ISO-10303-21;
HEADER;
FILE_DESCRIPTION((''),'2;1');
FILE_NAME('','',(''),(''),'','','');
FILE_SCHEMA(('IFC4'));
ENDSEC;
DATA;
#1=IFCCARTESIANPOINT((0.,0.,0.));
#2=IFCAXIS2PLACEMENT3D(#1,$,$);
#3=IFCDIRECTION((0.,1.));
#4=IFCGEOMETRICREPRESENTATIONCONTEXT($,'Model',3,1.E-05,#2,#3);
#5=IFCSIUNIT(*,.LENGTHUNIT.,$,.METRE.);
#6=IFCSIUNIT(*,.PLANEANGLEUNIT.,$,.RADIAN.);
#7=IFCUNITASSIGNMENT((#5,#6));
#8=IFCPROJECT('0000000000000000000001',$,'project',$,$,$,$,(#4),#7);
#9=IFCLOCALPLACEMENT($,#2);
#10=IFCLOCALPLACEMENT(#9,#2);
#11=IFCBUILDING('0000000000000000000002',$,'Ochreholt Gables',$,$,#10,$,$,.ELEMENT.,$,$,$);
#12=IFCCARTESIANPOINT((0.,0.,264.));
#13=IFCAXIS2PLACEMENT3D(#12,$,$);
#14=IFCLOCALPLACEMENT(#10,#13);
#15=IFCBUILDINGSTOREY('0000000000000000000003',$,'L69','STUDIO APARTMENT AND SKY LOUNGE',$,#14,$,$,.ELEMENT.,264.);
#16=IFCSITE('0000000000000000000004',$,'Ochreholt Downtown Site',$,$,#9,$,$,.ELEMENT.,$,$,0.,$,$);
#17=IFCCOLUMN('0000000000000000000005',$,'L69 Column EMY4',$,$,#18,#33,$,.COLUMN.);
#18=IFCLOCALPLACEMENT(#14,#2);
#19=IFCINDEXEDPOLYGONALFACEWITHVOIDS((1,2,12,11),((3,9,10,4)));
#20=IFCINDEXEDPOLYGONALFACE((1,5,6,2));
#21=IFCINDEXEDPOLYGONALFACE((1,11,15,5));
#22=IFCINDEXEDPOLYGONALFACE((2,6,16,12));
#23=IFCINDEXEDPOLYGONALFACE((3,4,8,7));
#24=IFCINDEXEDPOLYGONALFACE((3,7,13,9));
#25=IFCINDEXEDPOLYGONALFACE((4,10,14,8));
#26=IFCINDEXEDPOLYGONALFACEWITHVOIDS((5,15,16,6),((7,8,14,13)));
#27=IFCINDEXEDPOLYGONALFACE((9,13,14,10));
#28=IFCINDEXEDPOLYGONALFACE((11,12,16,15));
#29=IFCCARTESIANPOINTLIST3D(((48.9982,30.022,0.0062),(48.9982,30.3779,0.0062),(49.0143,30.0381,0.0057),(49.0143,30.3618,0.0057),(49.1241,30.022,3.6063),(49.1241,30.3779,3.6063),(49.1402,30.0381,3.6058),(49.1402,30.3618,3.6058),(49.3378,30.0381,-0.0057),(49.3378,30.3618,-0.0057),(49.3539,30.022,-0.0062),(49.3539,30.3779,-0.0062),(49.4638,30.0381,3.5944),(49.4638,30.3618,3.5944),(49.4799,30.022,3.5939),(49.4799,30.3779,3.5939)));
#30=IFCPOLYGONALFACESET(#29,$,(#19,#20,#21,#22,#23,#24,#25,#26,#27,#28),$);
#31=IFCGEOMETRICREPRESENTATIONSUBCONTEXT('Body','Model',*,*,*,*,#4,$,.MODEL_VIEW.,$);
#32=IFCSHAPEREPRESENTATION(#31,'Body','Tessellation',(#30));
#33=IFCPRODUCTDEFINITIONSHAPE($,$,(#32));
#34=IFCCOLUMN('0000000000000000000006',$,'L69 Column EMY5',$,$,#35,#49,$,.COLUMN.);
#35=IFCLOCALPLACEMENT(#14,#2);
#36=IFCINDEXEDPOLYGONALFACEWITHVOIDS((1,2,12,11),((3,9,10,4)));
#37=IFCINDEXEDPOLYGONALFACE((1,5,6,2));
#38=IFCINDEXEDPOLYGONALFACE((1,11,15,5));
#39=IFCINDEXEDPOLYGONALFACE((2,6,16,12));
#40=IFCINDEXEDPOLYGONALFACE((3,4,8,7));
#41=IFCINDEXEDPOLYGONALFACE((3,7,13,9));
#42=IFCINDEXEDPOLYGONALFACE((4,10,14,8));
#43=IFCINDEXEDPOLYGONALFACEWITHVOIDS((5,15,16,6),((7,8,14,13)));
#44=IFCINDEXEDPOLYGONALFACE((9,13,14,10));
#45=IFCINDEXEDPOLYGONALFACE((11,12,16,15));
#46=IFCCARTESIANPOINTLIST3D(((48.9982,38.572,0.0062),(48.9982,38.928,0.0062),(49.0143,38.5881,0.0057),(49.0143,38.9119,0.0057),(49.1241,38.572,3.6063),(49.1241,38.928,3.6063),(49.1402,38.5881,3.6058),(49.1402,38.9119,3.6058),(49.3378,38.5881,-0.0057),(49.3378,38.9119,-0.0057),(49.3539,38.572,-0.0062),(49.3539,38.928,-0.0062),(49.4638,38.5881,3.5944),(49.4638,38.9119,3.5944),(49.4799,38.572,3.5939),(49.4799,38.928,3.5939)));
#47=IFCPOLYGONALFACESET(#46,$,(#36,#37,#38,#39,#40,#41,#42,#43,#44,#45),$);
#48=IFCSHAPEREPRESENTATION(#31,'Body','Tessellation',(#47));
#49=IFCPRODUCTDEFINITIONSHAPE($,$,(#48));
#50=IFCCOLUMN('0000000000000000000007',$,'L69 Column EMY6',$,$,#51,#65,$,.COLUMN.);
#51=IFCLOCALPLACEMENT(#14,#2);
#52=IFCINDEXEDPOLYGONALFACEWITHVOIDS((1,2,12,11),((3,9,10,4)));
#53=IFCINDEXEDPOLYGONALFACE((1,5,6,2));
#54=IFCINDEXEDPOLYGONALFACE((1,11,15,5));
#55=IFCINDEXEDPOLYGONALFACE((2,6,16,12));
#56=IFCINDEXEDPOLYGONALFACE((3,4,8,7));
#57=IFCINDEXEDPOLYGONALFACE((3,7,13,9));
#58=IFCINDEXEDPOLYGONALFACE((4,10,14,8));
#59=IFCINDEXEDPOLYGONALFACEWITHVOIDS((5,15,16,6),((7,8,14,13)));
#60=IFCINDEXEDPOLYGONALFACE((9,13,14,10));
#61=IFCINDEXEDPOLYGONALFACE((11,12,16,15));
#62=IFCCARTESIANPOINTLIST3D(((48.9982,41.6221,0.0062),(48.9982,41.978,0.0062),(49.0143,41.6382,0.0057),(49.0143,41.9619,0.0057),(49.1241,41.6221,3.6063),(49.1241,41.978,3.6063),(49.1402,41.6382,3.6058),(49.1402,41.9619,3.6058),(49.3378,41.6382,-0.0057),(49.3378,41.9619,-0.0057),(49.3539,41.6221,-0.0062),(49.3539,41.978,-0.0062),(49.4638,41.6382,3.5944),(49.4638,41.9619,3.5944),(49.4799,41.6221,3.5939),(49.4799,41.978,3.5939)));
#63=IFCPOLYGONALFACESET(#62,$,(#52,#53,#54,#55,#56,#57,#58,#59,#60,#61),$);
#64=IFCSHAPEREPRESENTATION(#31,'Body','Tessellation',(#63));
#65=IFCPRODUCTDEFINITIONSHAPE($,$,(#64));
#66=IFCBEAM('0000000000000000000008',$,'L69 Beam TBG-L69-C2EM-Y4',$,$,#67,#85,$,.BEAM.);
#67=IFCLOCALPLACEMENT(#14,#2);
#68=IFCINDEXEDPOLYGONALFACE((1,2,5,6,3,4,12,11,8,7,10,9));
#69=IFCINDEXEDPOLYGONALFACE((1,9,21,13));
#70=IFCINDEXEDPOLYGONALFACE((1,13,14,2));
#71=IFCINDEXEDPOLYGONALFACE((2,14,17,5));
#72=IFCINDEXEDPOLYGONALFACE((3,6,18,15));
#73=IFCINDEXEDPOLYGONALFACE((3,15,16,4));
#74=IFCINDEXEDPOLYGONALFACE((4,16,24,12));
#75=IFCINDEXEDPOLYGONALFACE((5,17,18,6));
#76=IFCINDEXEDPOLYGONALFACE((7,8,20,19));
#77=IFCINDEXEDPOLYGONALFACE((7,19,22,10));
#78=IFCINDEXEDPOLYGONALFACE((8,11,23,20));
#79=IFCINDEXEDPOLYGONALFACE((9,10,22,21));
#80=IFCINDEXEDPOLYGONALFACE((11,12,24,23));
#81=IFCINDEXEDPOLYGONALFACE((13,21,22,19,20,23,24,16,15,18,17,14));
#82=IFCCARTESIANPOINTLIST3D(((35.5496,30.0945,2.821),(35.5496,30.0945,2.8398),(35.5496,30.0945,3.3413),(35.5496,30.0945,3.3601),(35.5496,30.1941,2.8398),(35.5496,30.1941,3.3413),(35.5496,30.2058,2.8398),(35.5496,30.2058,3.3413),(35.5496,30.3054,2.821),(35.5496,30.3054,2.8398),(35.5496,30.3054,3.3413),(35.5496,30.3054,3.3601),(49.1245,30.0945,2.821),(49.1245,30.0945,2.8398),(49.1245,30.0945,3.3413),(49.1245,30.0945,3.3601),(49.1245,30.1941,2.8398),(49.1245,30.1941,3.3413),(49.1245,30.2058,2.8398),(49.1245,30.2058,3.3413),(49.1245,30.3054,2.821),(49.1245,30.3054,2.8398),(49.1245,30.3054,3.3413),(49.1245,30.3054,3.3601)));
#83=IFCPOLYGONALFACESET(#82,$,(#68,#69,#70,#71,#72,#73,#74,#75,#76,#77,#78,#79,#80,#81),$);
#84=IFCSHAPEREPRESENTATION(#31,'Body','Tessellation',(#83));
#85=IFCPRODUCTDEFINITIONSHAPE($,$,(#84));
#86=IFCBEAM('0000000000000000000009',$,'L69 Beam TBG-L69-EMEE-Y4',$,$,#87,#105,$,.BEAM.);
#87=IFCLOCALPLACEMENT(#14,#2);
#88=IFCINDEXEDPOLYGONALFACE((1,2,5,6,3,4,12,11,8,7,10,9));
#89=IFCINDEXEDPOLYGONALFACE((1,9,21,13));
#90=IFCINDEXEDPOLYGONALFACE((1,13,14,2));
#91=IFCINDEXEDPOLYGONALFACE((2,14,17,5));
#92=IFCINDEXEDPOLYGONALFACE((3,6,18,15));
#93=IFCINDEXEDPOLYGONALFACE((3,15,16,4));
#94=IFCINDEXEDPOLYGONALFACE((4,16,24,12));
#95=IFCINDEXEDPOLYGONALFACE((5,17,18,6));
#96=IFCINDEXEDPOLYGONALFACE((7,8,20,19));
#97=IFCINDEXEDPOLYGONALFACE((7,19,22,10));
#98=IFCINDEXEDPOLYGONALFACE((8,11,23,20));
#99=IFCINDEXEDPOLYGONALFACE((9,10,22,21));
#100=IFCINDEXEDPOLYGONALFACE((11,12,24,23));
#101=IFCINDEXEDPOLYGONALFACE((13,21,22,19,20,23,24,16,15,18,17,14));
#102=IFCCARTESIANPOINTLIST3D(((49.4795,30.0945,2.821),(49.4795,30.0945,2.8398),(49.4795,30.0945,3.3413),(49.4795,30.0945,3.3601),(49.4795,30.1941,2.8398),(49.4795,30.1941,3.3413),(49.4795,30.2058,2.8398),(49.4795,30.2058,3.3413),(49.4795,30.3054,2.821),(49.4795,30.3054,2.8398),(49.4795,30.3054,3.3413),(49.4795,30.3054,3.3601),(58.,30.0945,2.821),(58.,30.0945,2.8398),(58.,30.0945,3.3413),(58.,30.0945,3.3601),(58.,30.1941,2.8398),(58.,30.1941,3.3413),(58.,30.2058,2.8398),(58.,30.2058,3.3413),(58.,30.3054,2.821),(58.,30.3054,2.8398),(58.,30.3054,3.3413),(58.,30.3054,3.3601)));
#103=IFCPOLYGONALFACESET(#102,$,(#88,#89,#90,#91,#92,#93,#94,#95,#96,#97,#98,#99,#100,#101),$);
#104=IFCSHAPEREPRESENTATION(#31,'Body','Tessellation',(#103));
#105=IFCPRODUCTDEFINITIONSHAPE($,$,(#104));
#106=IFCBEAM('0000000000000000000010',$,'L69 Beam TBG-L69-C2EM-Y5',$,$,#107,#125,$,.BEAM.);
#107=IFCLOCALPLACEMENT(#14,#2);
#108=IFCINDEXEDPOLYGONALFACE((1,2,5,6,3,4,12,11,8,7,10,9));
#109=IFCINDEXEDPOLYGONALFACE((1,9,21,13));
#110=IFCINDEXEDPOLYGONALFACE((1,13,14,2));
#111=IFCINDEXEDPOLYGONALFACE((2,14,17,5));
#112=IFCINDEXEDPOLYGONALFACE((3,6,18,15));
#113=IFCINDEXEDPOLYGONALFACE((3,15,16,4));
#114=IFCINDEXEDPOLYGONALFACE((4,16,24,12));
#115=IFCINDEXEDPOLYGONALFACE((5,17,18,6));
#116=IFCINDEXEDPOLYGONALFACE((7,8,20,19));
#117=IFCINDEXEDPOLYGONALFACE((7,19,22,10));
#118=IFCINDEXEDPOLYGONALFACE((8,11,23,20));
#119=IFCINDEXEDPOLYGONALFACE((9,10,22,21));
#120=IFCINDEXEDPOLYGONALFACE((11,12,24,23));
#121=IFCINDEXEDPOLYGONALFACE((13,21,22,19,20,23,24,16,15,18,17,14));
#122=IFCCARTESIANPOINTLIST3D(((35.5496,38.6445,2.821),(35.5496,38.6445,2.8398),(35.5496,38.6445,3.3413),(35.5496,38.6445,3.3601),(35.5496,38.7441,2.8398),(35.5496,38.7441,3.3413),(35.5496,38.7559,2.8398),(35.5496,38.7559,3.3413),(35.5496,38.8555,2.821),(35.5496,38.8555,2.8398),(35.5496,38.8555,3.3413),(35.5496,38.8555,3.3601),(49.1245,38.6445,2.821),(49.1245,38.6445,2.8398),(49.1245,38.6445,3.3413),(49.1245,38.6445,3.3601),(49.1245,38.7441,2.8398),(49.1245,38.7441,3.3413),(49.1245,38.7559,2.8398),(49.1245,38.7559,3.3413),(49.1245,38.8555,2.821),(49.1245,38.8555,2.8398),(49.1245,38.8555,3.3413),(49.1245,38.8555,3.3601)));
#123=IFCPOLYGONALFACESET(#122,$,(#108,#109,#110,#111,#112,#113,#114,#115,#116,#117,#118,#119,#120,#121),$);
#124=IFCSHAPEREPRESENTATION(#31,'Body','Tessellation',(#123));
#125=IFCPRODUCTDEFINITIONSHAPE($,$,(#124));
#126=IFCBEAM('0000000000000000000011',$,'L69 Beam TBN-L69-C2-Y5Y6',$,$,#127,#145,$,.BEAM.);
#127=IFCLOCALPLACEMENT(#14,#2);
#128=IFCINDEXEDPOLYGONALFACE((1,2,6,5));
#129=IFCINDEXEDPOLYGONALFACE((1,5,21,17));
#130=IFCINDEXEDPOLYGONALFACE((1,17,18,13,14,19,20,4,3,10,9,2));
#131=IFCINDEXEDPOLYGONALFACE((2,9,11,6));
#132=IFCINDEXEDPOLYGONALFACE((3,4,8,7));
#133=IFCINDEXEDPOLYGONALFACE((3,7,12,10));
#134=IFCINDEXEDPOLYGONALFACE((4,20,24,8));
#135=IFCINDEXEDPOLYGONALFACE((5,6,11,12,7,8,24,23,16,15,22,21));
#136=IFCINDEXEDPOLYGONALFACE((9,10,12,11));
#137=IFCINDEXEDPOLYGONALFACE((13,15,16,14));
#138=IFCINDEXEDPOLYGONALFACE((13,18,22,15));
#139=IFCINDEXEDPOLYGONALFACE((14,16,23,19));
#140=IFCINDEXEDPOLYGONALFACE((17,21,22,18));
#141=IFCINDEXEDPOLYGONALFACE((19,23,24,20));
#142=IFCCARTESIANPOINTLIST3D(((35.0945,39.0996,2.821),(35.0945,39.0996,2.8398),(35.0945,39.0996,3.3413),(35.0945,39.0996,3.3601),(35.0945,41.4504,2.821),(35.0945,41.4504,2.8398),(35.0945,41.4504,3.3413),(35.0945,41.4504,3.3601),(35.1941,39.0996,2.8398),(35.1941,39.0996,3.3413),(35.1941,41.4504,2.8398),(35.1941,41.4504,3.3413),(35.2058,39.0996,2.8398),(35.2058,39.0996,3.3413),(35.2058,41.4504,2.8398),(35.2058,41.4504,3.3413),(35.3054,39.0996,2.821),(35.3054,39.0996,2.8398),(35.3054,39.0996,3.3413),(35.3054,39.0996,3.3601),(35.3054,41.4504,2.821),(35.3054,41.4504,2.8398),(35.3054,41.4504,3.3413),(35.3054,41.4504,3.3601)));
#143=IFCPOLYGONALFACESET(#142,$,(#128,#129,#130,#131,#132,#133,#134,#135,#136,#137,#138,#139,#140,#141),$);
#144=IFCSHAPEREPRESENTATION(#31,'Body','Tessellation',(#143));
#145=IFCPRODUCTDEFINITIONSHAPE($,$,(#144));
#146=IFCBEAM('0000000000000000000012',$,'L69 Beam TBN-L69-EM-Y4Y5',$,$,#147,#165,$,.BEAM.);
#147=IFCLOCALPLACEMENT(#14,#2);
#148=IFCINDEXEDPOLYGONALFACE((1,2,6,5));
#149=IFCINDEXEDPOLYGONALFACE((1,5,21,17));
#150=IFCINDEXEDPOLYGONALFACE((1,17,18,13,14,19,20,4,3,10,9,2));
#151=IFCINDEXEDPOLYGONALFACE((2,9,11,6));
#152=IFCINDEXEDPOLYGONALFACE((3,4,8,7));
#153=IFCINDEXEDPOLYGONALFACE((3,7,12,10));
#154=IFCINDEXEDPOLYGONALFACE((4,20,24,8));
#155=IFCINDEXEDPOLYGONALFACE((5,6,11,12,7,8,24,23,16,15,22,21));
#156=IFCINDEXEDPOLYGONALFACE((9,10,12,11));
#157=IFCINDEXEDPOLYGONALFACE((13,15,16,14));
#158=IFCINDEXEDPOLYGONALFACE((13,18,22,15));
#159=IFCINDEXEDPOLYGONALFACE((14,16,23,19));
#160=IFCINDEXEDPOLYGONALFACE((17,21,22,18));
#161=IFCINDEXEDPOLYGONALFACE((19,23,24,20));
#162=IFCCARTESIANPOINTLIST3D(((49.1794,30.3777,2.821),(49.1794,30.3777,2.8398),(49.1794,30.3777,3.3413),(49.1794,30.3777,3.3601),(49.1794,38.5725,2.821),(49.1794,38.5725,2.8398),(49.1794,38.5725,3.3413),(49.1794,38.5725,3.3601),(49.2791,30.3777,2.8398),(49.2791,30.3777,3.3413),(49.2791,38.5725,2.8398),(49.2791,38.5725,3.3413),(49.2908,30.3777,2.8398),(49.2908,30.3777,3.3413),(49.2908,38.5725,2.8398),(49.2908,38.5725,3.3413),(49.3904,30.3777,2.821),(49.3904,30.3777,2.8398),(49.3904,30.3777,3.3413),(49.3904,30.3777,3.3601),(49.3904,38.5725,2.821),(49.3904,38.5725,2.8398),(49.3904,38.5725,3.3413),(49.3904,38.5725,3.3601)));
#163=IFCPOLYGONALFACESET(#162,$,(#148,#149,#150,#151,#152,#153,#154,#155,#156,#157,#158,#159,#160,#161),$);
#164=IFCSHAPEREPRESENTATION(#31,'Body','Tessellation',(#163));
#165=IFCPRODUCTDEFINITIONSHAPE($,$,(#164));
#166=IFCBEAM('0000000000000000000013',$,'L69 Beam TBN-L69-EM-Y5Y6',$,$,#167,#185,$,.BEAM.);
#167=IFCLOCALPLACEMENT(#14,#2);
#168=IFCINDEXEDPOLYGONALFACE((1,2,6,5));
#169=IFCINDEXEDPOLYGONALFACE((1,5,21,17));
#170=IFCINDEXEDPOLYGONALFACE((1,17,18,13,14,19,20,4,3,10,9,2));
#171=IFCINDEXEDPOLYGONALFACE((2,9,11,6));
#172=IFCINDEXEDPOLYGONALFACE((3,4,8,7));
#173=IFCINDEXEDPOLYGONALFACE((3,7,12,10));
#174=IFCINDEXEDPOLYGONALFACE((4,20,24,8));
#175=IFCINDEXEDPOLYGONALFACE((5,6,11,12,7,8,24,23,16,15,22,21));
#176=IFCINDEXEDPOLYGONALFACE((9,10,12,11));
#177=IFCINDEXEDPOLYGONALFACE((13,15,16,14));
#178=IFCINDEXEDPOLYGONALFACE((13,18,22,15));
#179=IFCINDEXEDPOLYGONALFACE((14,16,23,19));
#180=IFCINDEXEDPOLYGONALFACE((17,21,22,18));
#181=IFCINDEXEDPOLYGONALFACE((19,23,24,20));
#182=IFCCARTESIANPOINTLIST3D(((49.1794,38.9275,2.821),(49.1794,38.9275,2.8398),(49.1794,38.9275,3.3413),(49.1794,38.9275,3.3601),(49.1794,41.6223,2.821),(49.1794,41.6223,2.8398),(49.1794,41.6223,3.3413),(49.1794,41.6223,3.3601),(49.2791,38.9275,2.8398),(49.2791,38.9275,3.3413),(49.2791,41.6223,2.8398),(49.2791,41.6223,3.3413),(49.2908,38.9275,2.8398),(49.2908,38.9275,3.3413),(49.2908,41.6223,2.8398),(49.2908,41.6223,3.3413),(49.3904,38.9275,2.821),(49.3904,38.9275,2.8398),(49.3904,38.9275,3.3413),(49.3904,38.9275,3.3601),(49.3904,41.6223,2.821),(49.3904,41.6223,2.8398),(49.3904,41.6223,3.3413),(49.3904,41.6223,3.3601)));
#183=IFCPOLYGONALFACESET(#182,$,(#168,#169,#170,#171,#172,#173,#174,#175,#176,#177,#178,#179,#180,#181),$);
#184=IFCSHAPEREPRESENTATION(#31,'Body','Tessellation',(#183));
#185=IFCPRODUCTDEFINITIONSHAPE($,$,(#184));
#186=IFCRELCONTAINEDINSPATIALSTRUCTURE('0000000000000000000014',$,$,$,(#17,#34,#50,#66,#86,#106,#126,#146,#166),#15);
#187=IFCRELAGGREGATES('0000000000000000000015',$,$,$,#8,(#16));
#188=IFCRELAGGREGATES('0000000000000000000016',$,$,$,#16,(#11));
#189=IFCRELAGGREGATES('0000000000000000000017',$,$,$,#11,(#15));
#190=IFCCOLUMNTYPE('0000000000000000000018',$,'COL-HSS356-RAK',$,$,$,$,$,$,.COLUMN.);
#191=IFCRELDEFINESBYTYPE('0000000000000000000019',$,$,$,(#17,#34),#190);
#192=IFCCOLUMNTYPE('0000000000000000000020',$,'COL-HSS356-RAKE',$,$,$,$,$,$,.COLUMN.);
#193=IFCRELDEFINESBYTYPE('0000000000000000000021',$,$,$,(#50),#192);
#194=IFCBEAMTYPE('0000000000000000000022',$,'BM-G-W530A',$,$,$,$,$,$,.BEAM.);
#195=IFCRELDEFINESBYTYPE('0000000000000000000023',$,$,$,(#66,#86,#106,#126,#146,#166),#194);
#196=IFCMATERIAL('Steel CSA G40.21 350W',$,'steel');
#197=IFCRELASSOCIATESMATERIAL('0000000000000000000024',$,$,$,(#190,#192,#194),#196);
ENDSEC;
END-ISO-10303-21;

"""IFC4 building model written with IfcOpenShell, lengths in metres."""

from ifc_helpers import new_model, si_unit, direction, frame, origin, origin_2d, place, context, subcontext, project, spatial, hollow_rectangle, i_section, extrude, material, material_profile, profile_set, type_object, element, save


model = new_model("IFC4")

# Units and contexts
model_context = context("Model", 3, precision=1e-05, world=origin(), true_north=direction((0.0, 1.0)))
body_context = subcontext(model_context, "Body", "Model", "MODEL_VIEW")
ifc_project = project(units=[si_unit("LENGTHUNIT", "METRE"), si_unit("PLANEANGLEUNIT", "RADIAN")], contexts=[model_context])

# Site, building, storey
site_placement = place(None, origin())
site = spatial("IfcSite", under=ifc_project, at=site_placement, Name="Ochreholt Downtown Site", CompositionType="ELEMENT", RefElevation=0.0)
building_placement = place(site_placement, origin())
building = spatial("IfcBuilding", under=site, at=building_placement, Name="Ochreholt Gables", CompositionType="ELEMENT")
storey_placement = place(building_placement, frame((0.0, 0.0, 264.0)))
storey = spatial("IfcBuildingStorey", under=building, at=storey_placement, Name="L69", Description="STUDIO APARTMENT AND SKY LOUNGE", CompositionType="ELEMENT", Elevation=264.0)

# Columns
ifc_material_1 = material(Name="Steel CSA G40.21 350W", Category="steel")
ifc_material_profile_1 = material_profile(ifc_material_1, hollow_rectangle(XDim=0.356, YDim=0.356, WallThickness=0.0161, at=origin_2d()), Name="HSS356X356X16")
ifc_profile_set_1 = profile_set([ifc_material_profile_1], Name="Steel CSA G40.21 350W")
column_type_1 = type_object("IfcColumnType", Name="COL-HSS356-RAK", PredefinedType="COLUMN", material=ifc_profile_set_1)
for number, where, z_axis, x_axis, name in (
    (1, (49.176, 30.2, 0.0), (0.034971, 0.0, 0.999388), (0.0, 1.0, 0.0), "L69 Column EMY4"),
    (2, (49.176, 38.75, 0.0), (0.034971, 0.0, 0.999388), (0.0, 1.0, 0.0), "L69 Column EMY5"),
):
    element("IfcColumn", number, at=place(storey_placement, frame(where, z_axis=z_axis, x_axis=x_axis)), inside=storey, type_object=column_type_1, Name=name, PredefinedType="COLUMN", context=body_context, shape_type="SweptSolid", body=[
        extrude(hollow_rectangle(XDim=0.356, YDim=0.356, WallThickness=0.0161, at=origin_2d()), origin(), (0.0, 0.0, 1.0), 3.6023),
    ])
ifc_material_profile_2 = material_profile(ifc_material_1, hollow_rectangle(XDim=0.356, YDim=0.356, WallThickness=0.0161, at=origin_2d()), Name="HSS356X356X16")
ifc_profile_set_2 = profile_set([ifc_material_profile_2], Name="Steel CSA G40.21 350W")
column_type_2 = type_object("IfcColumnType", Name="COL-HSS356-RAKE", PredefinedType="COLUMN", material=ifc_profile_set_2)
column_placement = place(storey_placement, frame((49.176, 41.8, 0.0), z_axis=(0.034971, 0.0, 0.999388), x_axis=(0.0, 1.0, 0.0)))
element("IfcColumn", 3, at=column_placement, inside=storey, type_object=column_type_2, Name="L69 Column EMY6", PredefinedType="COLUMN", context=body_context, shape_type="SweptSolid", body=[
    extrude(hollow_rectangle(XDim=0.356, YDim=0.356, WallThickness=0.0161, at=origin_2d()), origin(), (0.0, 0.0, 1.0), 3.6023),
])

# Beams
ifc_material_profile_3 = material_profile(ifc_material_1, i_section(OverallWidth=0.2109, OverallDepth=0.5391, WebThickness=0.0117, FlangeThickness=0.0188, at=origin_2d()), Name="W530X109")
ifc_profile_set_3 = profile_set([ifc_material_profile_3], Name="Steel CSA G40.21 350W")
beam_type_1 = type_object("IfcBeamType", Name="BM-G-W530A", PredefinedType="BEAM", material=ifc_profile_set_3)
beam_1_placement = place(storey_placement, frame((35.5496, 30.2, 3.0906), z_axis=(1.0, 0.0, 0.0), x_axis=(0.0, 1.0, 0.0)))
element("IfcBeam", 4, at=beam_1_placement, inside=storey, type_object=beam_type_1, Name="L69 Beam TBG-L69-C2EM-Y4", PredefinedType="BEAM", context=body_context, shape_type="SweptSolid", body=[
    extrude(i_section(OverallWidth=0.2109, OverallDepth=0.5391, WebThickness=0.0117, FlangeThickness=0.0188, at=origin_2d()), origin(), (0.0, 0.0, 1.0), 13.575),
])
beam_2_placement = place(storey_placement, frame((49.4795, 30.2, 3.0906), z_axis=(1.0, 0.0, 0.0), x_axis=(0.0, 1.0, 0.0)))
element("IfcBeam", 5, at=beam_2_placement, inside=storey, type_object=beam_type_1, Name="L69 Beam TBG-L69-EMEE-Y4", PredefinedType="BEAM", context=body_context, shape_type="SweptSolid", body=[
    extrude(i_section(OverallWidth=0.2109, OverallDepth=0.5391, WebThickness=0.0117, FlangeThickness=0.0188, at=origin_2d()), origin(), (0.0, 0.0, 1.0), 8.5205),
])
beam_3_placement = place(storey_placement, frame((35.5496, 38.75, 3.0906), z_axis=(1.0, 0.0, 0.0), x_axis=(0.0, 1.0, 0.0)))
element("IfcBeam", 6, at=beam_3_placement, inside=storey, type_object=beam_type_1, Name="L69 Beam TBG-L69-C2EM-Y5", PredefinedType="BEAM", context=body_context, shape_type="SweptSolid", body=[
    extrude(i_section(OverallWidth=0.2109, OverallDepth=0.5391, WebThickness=0.0117, FlangeThickness=0.0188, at=origin_2d()), origin(), (0.0, 0.0, 1.0), 13.575),
])
beam_4_placement = place(storey_placement, frame((35.2, 39.0996, 3.0906), z_axis=(0.0, 1.0, 0.0), x_axis=(-1.0, 0.0, 0.0)))
element("IfcBeam", 7, at=beam_4_placement, inside=storey, type_object=beam_type_1, Name="L69 Beam TBN-L69-C2-Y5Y6", PredefinedType="BEAM", context=body_context, shape_type="SweptSolid", body=[
    extrude(i_section(OverallWidth=0.2109, OverallDepth=0.5391, WebThickness=0.0117, FlangeThickness=0.0188, at=origin_2d()), origin(), (0.0, 0.0, 1.0), 2.3508),
])
beam_5_placement = place(storey_placement, frame((49.2849, 30.3777, 3.0906), z_axis=(0.0, 1.0, 0.0), x_axis=(-1.0, 0.0, 0.0)))
element("IfcBeam", 8, at=beam_5_placement, inside=storey, type_object=beam_type_1, Name="L69 Beam TBN-L69-EM-Y4Y5", PredefinedType="BEAM", context=body_context, shape_type="SweptSolid", body=[
    extrude(i_section(OverallWidth=0.2109, OverallDepth=0.5391, WebThickness=0.0117, FlangeThickness=0.0188, at=origin_2d()), origin(), (0.0, 0.0, 1.0), 8.1948),
])
beam_6_placement = place(storey_placement, frame((49.2849, 38.9275, 3.0906), z_axis=(0.0, 1.0, 0.0), x_axis=(-1.0, 0.0, 0.0)))
element("IfcBeam", 9, at=beam_6_placement, inside=storey, type_object=beam_type_1, Name="L69 Beam TBN-L69-EM-Y5Y6", PredefinedType="BEAM", context=body_context, shape_type="SweptSolid", body=[
    extrude(i_section(OverallWidth=0.2109, OverallDepth=0.5391, WebThickness=0.0117, FlangeThickness=0.0188, at=origin_2d()), origin(), (0.0, 0.0, 1.0), 2.6948),
])

save(model, "model.ifc")
